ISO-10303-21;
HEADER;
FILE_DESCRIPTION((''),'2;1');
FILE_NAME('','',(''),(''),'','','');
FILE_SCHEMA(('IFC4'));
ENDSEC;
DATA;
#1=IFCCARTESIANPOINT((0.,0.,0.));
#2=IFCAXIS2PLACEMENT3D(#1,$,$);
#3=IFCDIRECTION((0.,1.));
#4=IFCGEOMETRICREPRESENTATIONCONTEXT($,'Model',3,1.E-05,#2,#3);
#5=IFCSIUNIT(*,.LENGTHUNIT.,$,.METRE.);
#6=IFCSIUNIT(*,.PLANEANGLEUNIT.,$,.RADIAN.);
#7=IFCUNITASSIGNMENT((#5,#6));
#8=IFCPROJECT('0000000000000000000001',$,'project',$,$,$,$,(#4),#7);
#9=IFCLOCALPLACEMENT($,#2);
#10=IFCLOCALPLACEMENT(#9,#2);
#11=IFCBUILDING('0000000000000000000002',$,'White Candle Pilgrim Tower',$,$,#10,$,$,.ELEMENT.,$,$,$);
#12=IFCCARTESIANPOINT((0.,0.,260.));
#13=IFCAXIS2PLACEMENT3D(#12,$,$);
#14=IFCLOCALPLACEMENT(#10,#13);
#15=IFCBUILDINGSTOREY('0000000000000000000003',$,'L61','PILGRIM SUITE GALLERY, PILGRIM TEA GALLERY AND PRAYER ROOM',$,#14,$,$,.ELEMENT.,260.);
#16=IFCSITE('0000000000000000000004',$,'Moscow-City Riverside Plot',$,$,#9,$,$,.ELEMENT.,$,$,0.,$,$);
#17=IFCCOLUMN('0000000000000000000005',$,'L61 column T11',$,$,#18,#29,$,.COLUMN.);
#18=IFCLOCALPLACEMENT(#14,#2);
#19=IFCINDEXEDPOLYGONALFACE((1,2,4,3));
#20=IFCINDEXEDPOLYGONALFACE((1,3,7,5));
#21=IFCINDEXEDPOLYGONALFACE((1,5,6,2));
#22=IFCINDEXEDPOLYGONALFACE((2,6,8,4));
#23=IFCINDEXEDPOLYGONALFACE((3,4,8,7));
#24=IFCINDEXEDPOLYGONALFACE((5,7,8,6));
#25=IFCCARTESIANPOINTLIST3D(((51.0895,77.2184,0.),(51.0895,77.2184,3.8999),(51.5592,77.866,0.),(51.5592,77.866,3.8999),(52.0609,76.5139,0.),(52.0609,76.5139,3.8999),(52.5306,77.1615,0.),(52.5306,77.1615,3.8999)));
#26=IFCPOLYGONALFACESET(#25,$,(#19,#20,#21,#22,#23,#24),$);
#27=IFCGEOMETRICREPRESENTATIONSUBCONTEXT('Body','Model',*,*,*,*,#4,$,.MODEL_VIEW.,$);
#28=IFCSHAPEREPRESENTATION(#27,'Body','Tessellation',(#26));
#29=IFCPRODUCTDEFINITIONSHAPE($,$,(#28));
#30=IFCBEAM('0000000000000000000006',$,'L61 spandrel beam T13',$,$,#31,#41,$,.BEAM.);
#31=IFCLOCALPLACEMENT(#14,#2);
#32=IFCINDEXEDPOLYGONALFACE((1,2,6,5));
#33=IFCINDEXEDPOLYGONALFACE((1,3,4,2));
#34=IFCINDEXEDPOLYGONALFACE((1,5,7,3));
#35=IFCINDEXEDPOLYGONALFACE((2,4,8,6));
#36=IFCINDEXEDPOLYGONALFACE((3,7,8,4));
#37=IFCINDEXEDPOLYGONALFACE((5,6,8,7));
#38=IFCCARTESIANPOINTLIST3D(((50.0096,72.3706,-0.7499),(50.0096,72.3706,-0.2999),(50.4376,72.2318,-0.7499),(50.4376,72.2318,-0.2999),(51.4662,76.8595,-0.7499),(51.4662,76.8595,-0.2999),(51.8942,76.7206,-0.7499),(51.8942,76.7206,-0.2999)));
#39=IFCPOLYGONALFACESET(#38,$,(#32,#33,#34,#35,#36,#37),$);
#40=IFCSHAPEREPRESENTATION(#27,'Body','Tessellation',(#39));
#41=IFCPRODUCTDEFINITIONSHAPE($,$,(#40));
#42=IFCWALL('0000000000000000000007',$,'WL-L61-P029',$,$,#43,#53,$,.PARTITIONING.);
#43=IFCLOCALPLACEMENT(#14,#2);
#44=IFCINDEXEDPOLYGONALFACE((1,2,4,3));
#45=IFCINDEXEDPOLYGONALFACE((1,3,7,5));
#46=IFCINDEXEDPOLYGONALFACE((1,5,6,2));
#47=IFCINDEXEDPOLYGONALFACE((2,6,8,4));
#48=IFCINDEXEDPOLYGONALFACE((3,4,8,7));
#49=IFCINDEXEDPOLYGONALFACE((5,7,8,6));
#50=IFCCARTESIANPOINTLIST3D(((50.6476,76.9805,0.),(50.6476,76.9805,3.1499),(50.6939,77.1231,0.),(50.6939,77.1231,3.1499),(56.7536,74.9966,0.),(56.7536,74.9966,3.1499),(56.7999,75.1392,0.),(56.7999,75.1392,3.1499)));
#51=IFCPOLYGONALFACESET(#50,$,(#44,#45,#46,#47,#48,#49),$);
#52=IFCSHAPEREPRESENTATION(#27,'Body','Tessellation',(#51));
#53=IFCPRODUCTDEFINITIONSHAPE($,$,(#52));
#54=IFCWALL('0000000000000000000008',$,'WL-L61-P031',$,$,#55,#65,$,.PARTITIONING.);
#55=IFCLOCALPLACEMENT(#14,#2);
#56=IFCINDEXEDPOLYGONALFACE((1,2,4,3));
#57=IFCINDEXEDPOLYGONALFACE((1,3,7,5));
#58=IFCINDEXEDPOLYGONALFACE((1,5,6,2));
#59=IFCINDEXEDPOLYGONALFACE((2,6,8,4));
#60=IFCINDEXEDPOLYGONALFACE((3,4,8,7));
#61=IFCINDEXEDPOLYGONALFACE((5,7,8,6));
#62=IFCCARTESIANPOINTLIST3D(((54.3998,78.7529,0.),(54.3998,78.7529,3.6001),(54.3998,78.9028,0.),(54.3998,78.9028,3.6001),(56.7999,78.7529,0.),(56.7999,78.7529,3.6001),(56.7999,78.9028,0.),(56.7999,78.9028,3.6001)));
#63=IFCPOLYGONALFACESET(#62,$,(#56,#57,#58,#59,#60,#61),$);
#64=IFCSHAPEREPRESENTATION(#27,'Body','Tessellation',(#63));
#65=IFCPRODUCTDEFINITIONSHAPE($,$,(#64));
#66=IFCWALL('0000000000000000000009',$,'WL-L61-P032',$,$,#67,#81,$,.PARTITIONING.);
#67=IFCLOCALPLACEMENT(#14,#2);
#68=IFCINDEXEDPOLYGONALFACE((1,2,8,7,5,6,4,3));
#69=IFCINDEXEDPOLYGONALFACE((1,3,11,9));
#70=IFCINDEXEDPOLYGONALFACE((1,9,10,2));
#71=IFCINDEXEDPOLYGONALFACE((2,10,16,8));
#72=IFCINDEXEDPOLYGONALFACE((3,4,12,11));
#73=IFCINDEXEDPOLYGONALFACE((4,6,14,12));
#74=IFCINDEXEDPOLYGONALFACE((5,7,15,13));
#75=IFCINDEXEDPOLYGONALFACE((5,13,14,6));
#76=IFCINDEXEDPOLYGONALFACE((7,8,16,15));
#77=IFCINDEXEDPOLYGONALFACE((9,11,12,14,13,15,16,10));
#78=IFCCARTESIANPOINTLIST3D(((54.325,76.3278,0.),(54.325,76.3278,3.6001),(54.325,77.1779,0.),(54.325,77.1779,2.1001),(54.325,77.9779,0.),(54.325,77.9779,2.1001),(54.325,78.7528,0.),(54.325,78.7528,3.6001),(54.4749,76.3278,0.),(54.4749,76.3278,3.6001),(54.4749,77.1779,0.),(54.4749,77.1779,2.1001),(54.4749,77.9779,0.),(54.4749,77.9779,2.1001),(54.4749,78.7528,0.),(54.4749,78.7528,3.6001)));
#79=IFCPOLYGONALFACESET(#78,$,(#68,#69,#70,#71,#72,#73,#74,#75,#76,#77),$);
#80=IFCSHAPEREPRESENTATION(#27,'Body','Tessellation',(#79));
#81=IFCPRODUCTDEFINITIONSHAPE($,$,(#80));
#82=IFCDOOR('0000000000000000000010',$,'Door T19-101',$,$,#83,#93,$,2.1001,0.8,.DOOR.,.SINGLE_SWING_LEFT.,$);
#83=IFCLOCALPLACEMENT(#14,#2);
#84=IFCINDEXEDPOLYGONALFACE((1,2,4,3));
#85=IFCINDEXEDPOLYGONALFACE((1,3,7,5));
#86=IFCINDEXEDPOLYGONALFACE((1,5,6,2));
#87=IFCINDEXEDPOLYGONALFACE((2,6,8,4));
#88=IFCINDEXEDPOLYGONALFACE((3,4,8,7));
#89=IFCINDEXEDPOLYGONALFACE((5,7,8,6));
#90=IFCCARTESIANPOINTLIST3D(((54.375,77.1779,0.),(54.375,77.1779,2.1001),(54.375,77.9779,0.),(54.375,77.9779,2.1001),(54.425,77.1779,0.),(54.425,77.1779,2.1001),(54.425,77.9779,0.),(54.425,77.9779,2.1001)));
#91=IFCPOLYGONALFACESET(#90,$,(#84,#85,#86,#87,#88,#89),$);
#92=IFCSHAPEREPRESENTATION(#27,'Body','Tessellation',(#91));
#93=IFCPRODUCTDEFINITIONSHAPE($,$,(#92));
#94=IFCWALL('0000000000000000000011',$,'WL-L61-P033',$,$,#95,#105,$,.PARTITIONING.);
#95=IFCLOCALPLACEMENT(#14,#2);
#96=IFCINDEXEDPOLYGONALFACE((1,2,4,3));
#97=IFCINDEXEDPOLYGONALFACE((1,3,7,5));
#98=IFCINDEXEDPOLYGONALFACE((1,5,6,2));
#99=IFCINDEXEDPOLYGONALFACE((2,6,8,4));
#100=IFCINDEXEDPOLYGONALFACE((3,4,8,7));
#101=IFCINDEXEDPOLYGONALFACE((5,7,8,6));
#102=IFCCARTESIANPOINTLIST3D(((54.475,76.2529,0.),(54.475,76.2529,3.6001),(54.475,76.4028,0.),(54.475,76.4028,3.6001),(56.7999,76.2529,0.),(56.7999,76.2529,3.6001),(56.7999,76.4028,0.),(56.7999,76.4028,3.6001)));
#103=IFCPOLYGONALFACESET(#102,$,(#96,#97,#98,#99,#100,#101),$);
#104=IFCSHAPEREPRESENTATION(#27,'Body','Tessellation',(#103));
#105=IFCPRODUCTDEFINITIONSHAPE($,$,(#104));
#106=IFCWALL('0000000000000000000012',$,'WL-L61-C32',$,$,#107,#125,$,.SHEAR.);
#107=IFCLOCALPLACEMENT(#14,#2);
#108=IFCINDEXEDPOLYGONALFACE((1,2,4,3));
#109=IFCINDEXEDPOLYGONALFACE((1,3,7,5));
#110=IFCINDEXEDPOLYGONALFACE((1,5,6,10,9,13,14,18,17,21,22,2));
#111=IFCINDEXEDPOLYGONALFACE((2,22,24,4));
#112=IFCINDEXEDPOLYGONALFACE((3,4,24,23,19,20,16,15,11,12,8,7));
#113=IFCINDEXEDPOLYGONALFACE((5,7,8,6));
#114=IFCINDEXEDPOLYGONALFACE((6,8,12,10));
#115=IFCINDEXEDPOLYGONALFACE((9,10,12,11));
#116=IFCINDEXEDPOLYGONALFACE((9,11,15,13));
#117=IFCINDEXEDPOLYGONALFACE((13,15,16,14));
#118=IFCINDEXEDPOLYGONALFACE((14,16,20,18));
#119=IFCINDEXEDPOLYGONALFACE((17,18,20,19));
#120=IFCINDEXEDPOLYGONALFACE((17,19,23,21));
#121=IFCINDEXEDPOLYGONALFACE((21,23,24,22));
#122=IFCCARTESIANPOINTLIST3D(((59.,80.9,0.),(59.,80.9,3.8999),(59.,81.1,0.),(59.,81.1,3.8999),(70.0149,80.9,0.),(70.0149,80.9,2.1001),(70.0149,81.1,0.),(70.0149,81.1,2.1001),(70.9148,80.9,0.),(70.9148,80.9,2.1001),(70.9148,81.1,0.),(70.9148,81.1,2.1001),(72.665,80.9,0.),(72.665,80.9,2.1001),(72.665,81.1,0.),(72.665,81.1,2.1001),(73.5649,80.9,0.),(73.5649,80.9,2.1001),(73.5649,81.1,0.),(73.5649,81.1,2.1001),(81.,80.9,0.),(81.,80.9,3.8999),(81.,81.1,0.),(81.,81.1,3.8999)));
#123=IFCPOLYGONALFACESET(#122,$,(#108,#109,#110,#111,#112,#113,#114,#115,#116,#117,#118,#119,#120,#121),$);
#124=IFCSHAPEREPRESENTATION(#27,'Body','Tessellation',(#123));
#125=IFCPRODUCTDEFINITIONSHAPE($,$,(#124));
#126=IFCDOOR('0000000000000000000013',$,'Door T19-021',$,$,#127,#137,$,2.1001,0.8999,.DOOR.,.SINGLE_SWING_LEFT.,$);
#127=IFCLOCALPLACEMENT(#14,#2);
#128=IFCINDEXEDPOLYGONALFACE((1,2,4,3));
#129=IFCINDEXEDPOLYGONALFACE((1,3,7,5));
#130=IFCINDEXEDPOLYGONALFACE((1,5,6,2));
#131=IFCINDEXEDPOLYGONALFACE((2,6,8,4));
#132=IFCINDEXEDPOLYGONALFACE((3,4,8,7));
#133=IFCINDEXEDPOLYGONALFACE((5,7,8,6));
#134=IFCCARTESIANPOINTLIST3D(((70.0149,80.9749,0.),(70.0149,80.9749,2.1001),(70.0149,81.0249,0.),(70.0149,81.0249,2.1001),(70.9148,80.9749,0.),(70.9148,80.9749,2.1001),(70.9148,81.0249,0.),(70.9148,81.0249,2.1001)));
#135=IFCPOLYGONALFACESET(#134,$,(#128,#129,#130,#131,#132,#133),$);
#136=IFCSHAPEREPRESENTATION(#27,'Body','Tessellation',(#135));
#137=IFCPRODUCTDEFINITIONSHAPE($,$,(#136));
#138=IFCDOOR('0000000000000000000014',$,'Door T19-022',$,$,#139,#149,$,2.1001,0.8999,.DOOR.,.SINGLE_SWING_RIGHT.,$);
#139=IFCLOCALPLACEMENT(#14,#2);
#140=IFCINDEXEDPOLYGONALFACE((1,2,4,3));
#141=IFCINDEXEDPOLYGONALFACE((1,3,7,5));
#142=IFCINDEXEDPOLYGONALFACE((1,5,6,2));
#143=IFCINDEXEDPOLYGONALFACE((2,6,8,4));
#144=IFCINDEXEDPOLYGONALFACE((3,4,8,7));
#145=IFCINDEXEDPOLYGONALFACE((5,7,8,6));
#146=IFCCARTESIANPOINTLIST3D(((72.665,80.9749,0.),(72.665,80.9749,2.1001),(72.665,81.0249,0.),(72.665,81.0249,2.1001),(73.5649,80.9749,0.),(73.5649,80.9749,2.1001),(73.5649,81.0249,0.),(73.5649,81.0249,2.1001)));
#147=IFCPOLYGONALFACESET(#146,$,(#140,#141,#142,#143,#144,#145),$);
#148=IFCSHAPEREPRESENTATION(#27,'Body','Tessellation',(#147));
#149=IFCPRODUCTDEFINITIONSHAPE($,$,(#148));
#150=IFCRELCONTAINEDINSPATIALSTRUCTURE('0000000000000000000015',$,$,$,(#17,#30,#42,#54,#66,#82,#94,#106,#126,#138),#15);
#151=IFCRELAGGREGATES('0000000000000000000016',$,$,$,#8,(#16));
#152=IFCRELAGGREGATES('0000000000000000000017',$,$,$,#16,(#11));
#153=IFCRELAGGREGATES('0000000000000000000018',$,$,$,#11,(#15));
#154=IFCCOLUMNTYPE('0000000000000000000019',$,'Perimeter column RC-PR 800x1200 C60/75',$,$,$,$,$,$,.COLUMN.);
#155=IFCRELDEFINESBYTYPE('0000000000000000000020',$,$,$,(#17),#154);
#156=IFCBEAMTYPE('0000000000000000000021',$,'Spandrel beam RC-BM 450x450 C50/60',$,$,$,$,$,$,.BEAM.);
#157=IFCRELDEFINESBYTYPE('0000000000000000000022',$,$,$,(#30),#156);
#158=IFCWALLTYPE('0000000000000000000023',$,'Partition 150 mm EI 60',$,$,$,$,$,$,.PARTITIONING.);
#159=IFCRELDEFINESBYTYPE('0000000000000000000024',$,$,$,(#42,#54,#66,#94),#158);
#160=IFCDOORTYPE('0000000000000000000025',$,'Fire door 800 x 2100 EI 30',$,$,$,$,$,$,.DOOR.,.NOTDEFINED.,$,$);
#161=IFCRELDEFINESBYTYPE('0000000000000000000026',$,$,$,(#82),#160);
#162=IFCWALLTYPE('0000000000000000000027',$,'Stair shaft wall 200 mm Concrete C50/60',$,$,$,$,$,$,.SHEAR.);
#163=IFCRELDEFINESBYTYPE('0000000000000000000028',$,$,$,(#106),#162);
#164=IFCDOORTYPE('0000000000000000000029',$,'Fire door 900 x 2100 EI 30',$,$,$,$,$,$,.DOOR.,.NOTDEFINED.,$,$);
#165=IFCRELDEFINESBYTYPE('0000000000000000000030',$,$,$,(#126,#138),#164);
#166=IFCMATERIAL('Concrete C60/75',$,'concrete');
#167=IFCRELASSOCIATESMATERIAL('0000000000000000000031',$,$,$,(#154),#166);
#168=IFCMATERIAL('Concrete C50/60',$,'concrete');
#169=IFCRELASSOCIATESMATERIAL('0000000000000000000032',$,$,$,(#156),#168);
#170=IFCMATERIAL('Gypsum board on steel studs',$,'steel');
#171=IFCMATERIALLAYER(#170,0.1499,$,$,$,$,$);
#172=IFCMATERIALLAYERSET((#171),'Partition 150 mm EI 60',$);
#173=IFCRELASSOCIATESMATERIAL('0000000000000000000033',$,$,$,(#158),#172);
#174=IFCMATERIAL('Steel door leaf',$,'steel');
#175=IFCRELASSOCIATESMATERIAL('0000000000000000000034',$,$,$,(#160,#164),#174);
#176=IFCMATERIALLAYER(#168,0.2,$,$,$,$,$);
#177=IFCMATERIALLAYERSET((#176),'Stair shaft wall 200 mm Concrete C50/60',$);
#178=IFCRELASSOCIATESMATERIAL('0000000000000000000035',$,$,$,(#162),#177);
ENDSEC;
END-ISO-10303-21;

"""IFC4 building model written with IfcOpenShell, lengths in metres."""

from ifc_helpers import new_model, si_unit, direction, frame, frame_2d, origin, origin_2d, place, context, subcontext, project, spatial, rectangle, extrude, material, layer, layer_set, material_profile, profile_set, type_object, element, fill, save


model = new_model("IFC4")

# Units and contexts
model_context = context("Model", 3, precision=1e-05, world=origin(), true_north=direction((0.0, 1.0)))
body_context = subcontext(model_context, "Body", "Model", "MODEL_VIEW")
ifc_project = project(units=[si_unit("LENGTHUNIT", "METRE"), si_unit("PLANEANGLEUNIT", "RADIAN")], contexts=[model_context])

# Site, building, storey
site_placement = place(None, origin())
site = spatial("IfcSite", under=ifc_project, at=site_placement, Name="Moscow-City Riverside Plot", CompositionType="ELEMENT", RefElevation=0.0)
building_placement = place(site_placement, origin())
building = spatial("IfcBuilding", under=site, at=building_placement, Name="White Candle Pilgrim Tower", CompositionType="ELEMENT")
storey_placement = place(building_placement, frame((0.0, 0.0, 260.0)))
storey = spatial("IfcBuildingStorey", under=building, at=storey_placement, Name="L61", Description="PILGRIM SUITE GALLERY, PILGRIM TEA GALLERY AND PRAYER ROOM", CompositionType="ELEMENT", Elevation=260.0)

# Column
ifc_material_1 = material(Name="Concrete C60/75", Category="concrete")
ifc_material_profile_1 = material_profile(ifc_material_1, rectangle(XDim=0.8, YDim=1.2, at=origin_2d()), Name="RC-PR 800x1200")
ifc_profile_set_1 = profile_set([ifc_material_profile_1], Name="Concrete C60/75")
column_type = type_object("IfcColumnType", Name="Perimeter column RC-PR 800x1200 C60/75", PredefinedType="COLUMN", material=ifc_profile_set_1)
column_placement = place(storey_placement, frame((51.8101, 77.1899, 0.0), z_axis=(0.0, 0.0, 1.0), x_axis=(0.587107, 0.809509, 0.0)))
element("IfcColumn", 1, at=column_placement, inside=storey, type_object=column_type, Name="L61 column T11", PredefinedType="COLUMN", context=body_context, shape_type="SweptSolid", body=[
    extrude(rectangle(XDim=0.8, YDim=1.2, at=origin_2d()), origin(), (0.0, 0.0, 1.0), 3.8999),
])

# Beam
ifc_material_2 = material(Name="Concrete C50/60", Category="concrete")
ifc_material_profile_2 = material_profile(ifc_material_2, rectangle(XDim=0.45, YDim=0.45, at=origin_2d()), Name="RC-BM 450x450")
ifc_profile_set_2 = profile_set([ifc_material_profile_2], Name="Concrete C50/60")
beam_type = type_object("IfcBeamType", Name="Spandrel beam RC-BM 450x450 C50/60", PredefinedType="BEAM", material=ifc_profile_set_2)
beam_placement = place(storey_placement, frame((51.6802, 76.79, -0.5249), z_axis=(-0.308644, -0.951178, 0.0), x_axis=(0.951178, -0.308644, 0.0)))
element("IfcBeam", 2, at=beam_placement, inside=storey, type_object=beam_type, Name="L61 spandrel beam T13", PredefinedType="BEAM", context=body_context, shape_type="SweptSolid", body=[
    extrude(rectangle(XDim=0.45, YDim=0.45, at=origin_2d()), origin(), (0.0, 0.0, 1.0), 4.7192),
])

# Walls
ifc_material_3 = material(Name="Gypsum board on steel studs", Category="steel")
ifc_layer_1 = layer(ifc_material_3, 0.1499)
ifc_layer_set_1 = layer_set([ifc_layer_1], Name="Partition 150 mm EI 60")
wall_type_1 = type_object("IfcWallType", Name="Partition 150 mm EI 60", PredefinedType="PARTITIONING", material=ifc_layer_set_1)
wall_1_placement = place(storey_placement, frame((50.6709, 77.0518, 0.0), z_axis=(0.0, 0.0, 1.0), x_axis=(0.951059, -0.309009, 0.0)))
element("IfcWall", 3, at=wall_1_placement, inside=storey, type_object=wall_type_1, Name="WL-L61-P029", PredefinedType="PARTITIONING", context=body_context, shape_type="SweptSolid", body=[
    extrude(rectangle(XDim=6.4202, YDim=0.1499, at=frame_2d((3.21, 0.0))), origin(), (0.0, 0.0, 1.0), 3.1499),
])
wall_2_placement = place(storey_placement, frame((56.8, 78.8279, 0.0), z_axis=(0.0, 0.0, 1.0), x_axis=(-1.0, 0.0, 0.0)))
element("IfcWall", 4, at=wall_2_placement, inside=storey, type_object=wall_type_1, Name="WL-L61-P031", PredefinedType="PARTITIONING", context=body_context, shape_type="SweptSolid", body=[
    extrude(rectangle(XDim=2.4001, YDim=0.1499, at=frame_2d((1.2002, 0.0))), origin(), (0.0, 0.0, 1.0), 3.6001),
])

# Wall, opening, door
wall_3_placement = place(storey_placement, frame((54.3999, 76.3279, 0.0), z_axis=(0.0, 0.0, 1.0), x_axis=(0.0, 1.0, 0.0)))
wall_3 = element("IfcWall", 5, at=wall_3_placement, inside=storey, type_object=wall_type_1, Name="WL-L61-P032", PredefinedType="PARTITIONING", context=body_context, shape_type="SweptSolid", body=[
    extrude(rectangle(XDim=2.425, YDim=0.1499, at=frame_2d((1.2124, 0.0))), origin(), (0.0, 0.0, 1.0), 3.6001),
])
opening_1_placement = place(wall_3_placement, frame((0.8501, 0.0, 0.0)))
opening_1 = element("IfcOpeningElement", 6, at=opening_1_placement, cuts=wall_3, PredefinedType="OPENING", context=body_context, shape_type="SweptSolid", body=[
    extrude(rectangle(XDim=0.8, YDim=2.1001, at=frame_2d((0.3999, 1.05))), frame((0.0, 0.085, 0.0), z_axis=(0.0, -1.0, 0.0), x_axis=(1.0, 0.0, 0.0)), (0.0, 0.0, 1.0), 0.1699),
])
ifc_material_4 = material(Name="Steel door leaf", Category="steel")
door_type_1 = type_object("IfcDoorType", Name="Fire door 800 x 2100 EI 30", OperationType="NOTDEFINED", PredefinedType="DOOR", material=ifc_material_4)
door_1_placement = place(opening_1_placement, origin())
door_1 = element("IfcDoor", 7, at=door_1_placement, inside=storey, type_object=door_type_1, Name="Door T19-101", OperationType="SINGLE_SWING_LEFT", OverallHeight=2.1001, OverallWidth=0.8, PredefinedType="DOOR", context=body_context, shape_type="SweptSolid", body=[
    extrude(rectangle(XDim=0.8, YDim=2.1001, at=frame_2d((0.3999, 1.05))), frame((0.0, 0.0249, 0.0), z_axis=(0.0, -1.0, 0.0), x_axis=(1.0, 0.0, 0.0)), (0.0, 0.0, 1.0), 0.05),
])
fill(opening_1, door_1)

# Wall
wall_4_placement = place(storey_placement, frame((56.8, 76.3279, 0.0), z_axis=(0.0, 0.0, 1.0), x_axis=(-1.0, 0.0, 0.0)))
element("IfcWall", 8, at=wall_4_placement, inside=storey, type_object=wall_type_1, Name="WL-L61-P033", PredefinedType="PARTITIONING", context=body_context, shape_type="SweptSolid", body=[
    extrude(rectangle(XDim=2.325, YDim=0.1499, at=frame_2d((1.1626, 0.0))), origin(), (0.0, 0.0, 1.0), 3.6001),
])

# Wall, openings, doors
ifc_layer_2 = layer(ifc_material_2, 0.2)
ifc_layer_set_2 = layer_set([ifc_layer_2], Name="Stair shaft wall 200 mm Concrete C50/60")
wall_type_2 = type_object("IfcWallType", Name="Stair shaft wall 200 mm Concrete C50/60", PredefinedType="SHEAR", material=ifc_layer_set_2)
wall_5_placement = place(storey_placement, frame((59.0, 81.0, 0.0), z_axis=(0.0, 0.0, 1.0), x_axis=(1.0, 0.0, 0.0)))
wall_5 = element("IfcWall", 9, at=wall_5_placement, inside=storey, type_object=wall_type_2, Name="WL-L61-C32", PredefinedType="SHEAR", context=body_context, shape_type="SweptSolid", body=[
    extrude(rectangle(XDim=22.0, YDim=0.2, at=frame_2d((11.0, 0.0))), origin(), (0.0, 0.0, 1.0), 3.8999),
])
opening_2_placement = place(wall_5_placement, frame((11.0149, 0.0, 0.0)))
opening_2 = element("IfcOpeningElement", 10, at=opening_2_placement, cuts=wall_5, PredefinedType="OPENING", context=body_context, shape_type="SweptSolid", body=[
    extrude(rectangle(XDim=0.8999, YDim=2.1001, at=frame_2d((0.45, 1.05))), frame((0.0, 0.1099, 0.0), z_axis=(0.0, -1.0, 0.0), x_axis=(1.0, 0.0, 0.0)), (0.0, 0.0, 1.0), 0.22),
])
opening_3_placement = place(wall_5_placement, frame((13.665, 0.0, 0.0)))
opening_3 = element("IfcOpeningElement", 11, at=opening_3_placement, cuts=wall_5, PredefinedType="OPENING", context=body_context, shape_type="SweptSolid", body=[
    extrude(rectangle(XDim=0.8999, YDim=2.1001, at=frame_2d((0.45, 1.05))), frame((0.0, 0.1099, 0.0), z_axis=(0.0, -1.0, 0.0), x_axis=(1.0, 0.0, 0.0)), (0.0, 0.0, 1.0), 0.22),
])
door_type_2 = type_object("IfcDoorType", Name="Fire door 900 x 2100 EI 30", OperationType="NOTDEFINED", PredefinedType="DOOR", material=ifc_material_4)
door_2_placement = place(opening_2_placement, origin())
door_2 = element("IfcDoor", 12, at=door_2_placement, inside=storey, type_object=door_type_2, Name="Door T19-021", OperationType="SINGLE_SWING_LEFT", OverallHeight=2.1001, OverallWidth=0.8999, PredefinedType="DOOR", context=body_context, shape_type="SweptSolid", body=[
    extrude(rectangle(XDim=0.8999, YDim=2.1001, at=frame_2d((0.45, 1.05))), frame((0.0, 0.0249, 0.0), z_axis=(0.0, -1.0, 0.0), x_axis=(1.0, 0.0, 0.0)), (0.0, 0.0, 1.0), 0.05),
])
fill(opening_2, door_2)
door_3_placement = place(opening_3_placement, origin())
door_3 = element("IfcDoor", 13, at=door_3_placement, inside=storey, type_object=door_type_2, Name="Door T19-022", OperationType="SINGLE_SWING_RIGHT", OverallHeight=2.1001, OverallWidth=0.8999, PredefinedType="DOOR", context=body_context, shape_type="SweptSolid", body=[
    extrude(rectangle(XDim=0.8999, YDim=2.1001, at=frame_2d((0.45, 1.05))), frame((0.0, 0.0249, 0.0), z_axis=(0.0, -1.0, 0.0), x_axis=(1.0, 0.0, 0.0)), (0.0, 0.0, 1.0), 0.05),
])
fill(opening_3, door_3)

save(model, "model.ifc")
